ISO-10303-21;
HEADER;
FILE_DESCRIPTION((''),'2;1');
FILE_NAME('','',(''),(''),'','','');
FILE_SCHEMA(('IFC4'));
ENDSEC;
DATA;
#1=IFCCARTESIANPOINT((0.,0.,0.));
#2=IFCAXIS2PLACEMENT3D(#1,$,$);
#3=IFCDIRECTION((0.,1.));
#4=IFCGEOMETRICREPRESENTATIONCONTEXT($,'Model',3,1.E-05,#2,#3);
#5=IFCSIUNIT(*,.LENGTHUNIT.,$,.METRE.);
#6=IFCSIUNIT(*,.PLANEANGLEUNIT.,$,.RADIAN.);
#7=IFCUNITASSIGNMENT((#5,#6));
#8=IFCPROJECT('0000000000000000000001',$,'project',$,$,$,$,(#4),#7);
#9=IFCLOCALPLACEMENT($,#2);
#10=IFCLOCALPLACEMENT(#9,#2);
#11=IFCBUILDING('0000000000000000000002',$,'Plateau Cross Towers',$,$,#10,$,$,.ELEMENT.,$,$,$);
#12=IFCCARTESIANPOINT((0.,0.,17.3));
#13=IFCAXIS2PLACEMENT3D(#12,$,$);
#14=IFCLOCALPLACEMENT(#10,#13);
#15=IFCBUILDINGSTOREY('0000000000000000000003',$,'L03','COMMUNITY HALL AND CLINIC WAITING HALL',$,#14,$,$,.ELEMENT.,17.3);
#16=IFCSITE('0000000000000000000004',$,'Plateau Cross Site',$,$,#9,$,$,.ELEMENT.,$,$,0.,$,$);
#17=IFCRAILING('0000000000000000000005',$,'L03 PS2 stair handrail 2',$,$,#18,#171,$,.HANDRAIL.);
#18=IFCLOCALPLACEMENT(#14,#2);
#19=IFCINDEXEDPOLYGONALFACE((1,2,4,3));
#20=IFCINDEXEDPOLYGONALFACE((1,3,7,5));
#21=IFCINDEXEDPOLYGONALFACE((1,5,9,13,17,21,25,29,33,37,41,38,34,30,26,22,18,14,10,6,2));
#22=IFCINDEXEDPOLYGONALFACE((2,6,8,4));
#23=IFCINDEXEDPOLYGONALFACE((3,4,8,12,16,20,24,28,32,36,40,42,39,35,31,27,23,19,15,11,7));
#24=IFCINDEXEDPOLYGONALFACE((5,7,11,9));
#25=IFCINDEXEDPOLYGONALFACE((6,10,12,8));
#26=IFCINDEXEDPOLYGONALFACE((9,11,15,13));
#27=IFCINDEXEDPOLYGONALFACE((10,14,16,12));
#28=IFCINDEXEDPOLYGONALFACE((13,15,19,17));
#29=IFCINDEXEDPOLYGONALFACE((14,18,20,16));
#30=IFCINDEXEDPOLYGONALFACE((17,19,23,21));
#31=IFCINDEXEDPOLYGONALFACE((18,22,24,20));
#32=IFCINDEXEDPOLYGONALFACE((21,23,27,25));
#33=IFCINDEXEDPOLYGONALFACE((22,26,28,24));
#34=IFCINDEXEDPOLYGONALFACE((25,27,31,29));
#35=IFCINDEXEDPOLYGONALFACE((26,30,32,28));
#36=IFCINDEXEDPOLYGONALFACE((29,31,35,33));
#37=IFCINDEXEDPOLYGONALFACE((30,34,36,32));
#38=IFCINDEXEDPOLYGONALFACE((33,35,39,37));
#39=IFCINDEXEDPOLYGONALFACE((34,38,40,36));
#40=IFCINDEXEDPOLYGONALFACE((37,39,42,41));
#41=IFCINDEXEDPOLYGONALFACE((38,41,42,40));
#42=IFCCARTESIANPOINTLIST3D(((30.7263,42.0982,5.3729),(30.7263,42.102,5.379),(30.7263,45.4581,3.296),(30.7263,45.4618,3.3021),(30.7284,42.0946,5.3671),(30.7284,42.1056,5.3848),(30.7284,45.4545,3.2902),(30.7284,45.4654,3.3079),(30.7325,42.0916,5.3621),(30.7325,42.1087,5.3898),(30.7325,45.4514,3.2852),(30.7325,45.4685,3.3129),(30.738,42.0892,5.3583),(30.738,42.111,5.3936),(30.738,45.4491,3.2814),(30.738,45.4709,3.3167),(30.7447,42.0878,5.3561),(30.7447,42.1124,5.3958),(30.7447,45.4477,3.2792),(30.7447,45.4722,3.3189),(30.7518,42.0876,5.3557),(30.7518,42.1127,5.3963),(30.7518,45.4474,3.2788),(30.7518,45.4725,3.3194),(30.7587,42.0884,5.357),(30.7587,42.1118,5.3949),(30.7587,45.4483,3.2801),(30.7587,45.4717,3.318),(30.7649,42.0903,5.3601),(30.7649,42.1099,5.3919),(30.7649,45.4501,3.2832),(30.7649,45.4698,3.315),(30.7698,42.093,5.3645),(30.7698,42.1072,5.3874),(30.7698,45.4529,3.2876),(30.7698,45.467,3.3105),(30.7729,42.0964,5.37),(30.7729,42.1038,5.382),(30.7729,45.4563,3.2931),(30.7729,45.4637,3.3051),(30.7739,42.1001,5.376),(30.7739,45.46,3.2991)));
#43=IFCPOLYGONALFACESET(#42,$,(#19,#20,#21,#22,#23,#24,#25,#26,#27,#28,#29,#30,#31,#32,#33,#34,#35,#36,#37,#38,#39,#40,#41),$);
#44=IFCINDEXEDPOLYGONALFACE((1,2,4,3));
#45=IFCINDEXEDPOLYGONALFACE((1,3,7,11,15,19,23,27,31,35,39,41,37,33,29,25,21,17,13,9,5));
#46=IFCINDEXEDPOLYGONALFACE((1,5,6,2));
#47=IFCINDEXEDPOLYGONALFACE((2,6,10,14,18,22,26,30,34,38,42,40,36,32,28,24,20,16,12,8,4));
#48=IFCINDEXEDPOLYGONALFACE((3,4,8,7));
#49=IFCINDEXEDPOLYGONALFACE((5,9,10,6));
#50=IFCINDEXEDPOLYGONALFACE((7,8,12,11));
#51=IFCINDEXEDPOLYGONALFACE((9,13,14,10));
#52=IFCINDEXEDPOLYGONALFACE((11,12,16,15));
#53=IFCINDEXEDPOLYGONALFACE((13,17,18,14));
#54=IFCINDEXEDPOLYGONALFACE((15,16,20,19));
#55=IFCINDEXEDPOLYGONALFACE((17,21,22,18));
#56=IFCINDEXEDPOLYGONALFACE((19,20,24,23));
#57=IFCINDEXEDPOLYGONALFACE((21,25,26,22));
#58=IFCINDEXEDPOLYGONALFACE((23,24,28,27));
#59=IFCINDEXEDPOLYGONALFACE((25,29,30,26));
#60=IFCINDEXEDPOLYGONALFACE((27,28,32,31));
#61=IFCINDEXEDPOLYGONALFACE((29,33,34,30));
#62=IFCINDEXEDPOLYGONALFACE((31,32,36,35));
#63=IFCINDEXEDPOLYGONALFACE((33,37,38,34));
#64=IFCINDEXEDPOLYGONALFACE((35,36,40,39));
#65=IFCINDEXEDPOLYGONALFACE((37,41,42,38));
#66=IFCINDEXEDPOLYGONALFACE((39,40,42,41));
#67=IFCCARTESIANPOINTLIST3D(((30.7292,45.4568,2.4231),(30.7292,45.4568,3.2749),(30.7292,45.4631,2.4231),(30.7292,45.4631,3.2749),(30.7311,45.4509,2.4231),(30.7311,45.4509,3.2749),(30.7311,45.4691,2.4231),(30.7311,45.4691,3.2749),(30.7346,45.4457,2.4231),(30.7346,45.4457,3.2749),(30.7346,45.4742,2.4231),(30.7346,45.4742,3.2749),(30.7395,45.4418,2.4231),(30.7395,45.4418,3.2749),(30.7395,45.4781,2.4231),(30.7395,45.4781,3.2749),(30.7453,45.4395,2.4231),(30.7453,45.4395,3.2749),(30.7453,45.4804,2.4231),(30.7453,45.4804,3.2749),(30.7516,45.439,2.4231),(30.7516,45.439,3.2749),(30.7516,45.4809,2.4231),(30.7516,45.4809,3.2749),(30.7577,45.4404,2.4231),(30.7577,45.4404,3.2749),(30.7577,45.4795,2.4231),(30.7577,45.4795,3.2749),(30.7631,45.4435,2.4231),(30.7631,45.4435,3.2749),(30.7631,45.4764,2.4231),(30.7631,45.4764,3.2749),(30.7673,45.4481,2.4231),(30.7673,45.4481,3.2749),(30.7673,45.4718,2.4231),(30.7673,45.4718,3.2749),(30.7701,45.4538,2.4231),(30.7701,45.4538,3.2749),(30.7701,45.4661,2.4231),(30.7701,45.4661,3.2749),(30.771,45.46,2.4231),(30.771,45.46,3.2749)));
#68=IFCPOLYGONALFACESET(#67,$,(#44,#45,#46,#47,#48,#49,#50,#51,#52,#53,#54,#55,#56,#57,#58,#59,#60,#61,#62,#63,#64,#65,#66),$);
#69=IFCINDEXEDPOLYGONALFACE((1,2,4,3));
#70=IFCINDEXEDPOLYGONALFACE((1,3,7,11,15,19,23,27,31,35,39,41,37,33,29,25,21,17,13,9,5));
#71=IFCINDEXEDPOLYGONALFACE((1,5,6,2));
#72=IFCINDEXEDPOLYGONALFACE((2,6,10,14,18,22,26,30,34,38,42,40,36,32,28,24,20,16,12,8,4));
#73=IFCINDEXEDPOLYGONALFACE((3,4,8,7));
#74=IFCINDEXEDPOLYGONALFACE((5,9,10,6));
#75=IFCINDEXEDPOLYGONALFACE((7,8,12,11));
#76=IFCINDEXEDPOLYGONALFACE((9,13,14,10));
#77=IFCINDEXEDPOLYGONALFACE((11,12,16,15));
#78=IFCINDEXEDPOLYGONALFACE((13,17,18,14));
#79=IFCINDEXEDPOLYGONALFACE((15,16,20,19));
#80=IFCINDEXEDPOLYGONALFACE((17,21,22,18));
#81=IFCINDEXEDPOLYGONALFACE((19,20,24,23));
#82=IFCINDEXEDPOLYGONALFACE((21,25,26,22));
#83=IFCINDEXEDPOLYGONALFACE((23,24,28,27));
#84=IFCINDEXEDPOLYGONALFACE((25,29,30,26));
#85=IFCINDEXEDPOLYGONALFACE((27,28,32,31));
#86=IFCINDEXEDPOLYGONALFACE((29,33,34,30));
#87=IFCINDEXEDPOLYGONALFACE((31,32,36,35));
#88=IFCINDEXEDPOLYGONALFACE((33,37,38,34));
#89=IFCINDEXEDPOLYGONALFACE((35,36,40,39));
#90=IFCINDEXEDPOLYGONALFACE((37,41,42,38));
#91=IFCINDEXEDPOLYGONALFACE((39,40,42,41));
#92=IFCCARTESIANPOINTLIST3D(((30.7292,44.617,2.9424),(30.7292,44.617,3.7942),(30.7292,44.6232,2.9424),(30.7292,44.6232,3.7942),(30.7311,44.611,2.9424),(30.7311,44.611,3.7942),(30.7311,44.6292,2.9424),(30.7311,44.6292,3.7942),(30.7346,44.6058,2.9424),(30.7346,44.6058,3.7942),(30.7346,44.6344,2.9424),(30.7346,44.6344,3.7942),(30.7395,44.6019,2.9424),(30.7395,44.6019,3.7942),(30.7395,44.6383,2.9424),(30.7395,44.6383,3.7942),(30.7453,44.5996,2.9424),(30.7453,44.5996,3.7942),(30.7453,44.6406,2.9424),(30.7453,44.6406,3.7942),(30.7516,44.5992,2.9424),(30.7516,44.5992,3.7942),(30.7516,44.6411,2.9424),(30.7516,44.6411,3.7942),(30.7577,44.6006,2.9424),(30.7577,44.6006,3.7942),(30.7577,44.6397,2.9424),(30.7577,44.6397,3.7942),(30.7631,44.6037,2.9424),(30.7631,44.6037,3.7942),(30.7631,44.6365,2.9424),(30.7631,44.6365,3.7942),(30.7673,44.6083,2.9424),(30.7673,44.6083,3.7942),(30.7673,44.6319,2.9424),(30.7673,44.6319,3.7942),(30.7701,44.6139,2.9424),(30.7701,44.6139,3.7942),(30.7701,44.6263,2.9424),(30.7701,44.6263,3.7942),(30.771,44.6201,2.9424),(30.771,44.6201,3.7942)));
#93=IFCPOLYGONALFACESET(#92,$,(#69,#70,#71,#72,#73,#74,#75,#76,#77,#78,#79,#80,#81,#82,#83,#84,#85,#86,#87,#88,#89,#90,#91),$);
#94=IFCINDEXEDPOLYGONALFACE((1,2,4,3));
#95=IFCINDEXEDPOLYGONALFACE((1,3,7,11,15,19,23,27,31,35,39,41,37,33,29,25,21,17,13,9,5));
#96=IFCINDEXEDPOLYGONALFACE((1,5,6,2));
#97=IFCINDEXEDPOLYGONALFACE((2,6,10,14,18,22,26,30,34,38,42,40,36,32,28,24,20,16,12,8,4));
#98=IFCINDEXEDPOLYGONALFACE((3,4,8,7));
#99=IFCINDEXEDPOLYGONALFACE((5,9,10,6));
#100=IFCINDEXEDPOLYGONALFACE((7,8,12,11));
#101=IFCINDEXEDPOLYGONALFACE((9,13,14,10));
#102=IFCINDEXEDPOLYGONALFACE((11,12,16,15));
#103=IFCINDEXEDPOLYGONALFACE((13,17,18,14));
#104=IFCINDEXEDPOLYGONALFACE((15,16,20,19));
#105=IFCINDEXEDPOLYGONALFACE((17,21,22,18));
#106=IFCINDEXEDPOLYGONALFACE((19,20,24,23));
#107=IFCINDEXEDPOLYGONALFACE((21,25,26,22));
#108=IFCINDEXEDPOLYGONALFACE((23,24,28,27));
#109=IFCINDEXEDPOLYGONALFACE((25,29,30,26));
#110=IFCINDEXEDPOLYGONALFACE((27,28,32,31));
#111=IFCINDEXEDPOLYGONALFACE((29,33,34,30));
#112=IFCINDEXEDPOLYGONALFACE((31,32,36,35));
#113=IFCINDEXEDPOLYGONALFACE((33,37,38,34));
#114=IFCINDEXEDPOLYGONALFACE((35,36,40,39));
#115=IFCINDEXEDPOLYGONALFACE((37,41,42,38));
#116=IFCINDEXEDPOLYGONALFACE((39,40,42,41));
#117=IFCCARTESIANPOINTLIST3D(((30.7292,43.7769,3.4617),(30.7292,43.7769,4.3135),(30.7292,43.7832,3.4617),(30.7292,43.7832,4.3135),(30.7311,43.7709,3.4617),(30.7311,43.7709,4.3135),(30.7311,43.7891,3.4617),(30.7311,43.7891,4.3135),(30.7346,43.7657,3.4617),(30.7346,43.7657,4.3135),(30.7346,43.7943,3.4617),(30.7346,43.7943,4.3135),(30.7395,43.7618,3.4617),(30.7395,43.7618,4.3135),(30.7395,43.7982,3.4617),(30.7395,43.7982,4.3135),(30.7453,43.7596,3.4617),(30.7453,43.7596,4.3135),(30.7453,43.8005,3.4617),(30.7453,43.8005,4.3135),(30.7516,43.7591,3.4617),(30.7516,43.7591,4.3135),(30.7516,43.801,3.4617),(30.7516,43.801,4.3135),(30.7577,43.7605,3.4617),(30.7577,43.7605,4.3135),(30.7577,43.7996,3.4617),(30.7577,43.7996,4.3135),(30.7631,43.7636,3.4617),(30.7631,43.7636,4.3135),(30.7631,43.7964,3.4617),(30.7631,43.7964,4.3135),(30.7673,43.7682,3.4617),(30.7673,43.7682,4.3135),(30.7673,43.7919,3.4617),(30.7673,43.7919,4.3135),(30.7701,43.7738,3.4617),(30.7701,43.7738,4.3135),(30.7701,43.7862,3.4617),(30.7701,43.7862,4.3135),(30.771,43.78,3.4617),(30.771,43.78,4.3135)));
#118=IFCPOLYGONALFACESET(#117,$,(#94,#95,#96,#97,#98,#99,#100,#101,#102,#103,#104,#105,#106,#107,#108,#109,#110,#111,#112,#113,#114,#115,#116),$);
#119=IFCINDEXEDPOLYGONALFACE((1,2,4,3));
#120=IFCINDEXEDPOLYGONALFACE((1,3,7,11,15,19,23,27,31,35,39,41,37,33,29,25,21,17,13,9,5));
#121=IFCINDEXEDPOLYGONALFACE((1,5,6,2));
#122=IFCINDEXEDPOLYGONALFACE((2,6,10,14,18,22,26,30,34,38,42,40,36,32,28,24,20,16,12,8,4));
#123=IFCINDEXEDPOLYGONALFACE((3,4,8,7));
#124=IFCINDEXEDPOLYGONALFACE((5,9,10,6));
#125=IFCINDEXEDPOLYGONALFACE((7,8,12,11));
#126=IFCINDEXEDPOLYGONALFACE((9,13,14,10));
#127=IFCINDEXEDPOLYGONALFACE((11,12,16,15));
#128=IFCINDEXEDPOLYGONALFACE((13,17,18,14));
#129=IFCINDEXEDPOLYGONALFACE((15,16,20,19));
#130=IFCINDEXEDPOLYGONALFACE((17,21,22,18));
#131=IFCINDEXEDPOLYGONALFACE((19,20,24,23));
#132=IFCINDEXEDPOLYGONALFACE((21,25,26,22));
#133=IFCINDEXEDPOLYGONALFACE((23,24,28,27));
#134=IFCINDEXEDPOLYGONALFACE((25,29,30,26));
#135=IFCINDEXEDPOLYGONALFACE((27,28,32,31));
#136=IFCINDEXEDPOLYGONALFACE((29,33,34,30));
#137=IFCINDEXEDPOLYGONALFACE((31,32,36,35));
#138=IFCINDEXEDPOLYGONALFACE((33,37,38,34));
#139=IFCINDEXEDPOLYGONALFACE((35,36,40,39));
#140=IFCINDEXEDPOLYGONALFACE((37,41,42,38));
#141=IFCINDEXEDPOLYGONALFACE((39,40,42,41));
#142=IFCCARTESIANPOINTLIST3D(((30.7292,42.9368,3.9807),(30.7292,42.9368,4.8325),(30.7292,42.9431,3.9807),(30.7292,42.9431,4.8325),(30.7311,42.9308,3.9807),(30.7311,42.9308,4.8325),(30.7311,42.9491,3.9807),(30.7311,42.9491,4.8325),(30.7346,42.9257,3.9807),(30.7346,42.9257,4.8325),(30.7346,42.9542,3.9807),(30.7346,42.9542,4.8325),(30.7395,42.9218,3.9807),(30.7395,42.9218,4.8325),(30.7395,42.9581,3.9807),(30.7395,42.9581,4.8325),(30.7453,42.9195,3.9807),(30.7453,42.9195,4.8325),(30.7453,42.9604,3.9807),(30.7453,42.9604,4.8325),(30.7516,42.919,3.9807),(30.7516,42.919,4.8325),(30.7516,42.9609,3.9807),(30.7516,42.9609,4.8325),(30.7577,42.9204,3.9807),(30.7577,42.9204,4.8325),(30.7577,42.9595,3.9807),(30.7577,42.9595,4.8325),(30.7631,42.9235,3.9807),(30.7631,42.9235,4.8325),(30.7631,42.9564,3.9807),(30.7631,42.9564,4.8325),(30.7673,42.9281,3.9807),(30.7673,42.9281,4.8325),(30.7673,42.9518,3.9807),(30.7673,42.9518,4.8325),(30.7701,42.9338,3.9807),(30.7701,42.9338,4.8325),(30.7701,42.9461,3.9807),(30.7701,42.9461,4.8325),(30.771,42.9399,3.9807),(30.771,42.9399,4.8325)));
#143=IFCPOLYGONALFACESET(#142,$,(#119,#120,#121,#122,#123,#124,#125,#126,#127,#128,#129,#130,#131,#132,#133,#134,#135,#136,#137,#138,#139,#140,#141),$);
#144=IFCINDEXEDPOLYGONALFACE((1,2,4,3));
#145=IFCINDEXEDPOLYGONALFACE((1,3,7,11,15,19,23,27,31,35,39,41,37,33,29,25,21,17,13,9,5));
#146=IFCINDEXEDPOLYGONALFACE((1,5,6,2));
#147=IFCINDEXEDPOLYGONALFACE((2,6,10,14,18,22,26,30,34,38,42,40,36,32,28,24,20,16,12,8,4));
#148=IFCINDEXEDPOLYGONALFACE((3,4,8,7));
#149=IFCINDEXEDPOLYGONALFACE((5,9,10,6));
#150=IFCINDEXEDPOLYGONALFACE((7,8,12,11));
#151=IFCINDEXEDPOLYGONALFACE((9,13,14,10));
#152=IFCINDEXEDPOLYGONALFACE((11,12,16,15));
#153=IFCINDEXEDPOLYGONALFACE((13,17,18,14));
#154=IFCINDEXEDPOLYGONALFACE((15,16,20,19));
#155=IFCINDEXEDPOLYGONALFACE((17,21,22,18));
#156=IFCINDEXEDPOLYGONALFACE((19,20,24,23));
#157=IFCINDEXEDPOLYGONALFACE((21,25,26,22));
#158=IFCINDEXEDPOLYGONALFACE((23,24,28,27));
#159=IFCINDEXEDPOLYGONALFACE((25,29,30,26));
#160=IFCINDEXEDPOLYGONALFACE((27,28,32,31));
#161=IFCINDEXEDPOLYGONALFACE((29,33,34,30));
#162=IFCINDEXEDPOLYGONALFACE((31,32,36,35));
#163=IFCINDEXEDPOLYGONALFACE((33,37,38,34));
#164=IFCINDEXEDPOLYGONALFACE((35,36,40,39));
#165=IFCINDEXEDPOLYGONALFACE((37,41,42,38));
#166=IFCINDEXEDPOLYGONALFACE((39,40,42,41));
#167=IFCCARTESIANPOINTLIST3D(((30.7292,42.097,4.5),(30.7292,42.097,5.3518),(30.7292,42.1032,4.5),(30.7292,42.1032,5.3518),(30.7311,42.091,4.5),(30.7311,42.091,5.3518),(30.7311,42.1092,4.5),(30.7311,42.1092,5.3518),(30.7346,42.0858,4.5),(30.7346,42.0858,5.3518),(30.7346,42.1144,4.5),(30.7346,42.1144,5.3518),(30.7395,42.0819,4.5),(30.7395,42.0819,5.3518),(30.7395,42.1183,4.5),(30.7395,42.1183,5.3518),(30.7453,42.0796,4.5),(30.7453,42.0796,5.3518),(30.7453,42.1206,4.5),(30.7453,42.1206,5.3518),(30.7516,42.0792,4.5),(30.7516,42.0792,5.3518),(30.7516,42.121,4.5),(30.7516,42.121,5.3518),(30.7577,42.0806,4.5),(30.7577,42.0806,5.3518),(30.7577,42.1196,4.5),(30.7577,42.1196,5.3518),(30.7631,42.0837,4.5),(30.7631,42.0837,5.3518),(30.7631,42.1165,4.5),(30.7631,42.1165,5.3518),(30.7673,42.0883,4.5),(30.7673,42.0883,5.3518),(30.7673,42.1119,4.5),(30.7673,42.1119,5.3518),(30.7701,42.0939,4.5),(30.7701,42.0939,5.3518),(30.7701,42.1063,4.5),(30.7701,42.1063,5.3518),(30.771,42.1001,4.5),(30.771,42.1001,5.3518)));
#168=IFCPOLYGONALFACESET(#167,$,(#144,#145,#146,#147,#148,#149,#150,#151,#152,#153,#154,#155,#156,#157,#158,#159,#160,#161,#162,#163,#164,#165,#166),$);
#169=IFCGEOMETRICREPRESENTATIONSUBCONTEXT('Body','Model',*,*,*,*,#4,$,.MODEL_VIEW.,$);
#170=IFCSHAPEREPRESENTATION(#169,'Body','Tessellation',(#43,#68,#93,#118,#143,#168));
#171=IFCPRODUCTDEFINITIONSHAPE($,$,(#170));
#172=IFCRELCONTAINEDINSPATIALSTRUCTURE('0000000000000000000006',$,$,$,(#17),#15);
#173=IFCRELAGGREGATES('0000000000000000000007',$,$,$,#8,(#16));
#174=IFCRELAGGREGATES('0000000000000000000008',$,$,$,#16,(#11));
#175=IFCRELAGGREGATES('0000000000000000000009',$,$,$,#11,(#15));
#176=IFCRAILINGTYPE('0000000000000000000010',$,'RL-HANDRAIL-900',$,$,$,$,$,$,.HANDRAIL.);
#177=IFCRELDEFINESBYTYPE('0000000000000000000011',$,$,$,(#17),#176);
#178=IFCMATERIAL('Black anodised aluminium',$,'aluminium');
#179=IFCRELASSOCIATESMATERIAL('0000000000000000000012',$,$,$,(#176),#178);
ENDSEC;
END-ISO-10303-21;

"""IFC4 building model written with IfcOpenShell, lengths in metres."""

from ifc_helpers import new_model, si_unit, direction, frame, origin, origin_2d, place, context, subcontext, project, spatial, circle, extrude, material, type_object, element, save


model = new_model("IFC4")

# Units and contexts
model_context = context("Model", 3, precision=1e-05, world=origin(), true_north=direction((0.0, 1.0)))
body_context = subcontext(model_context, "Body", "Model", "MODEL_VIEW")
ifc_project = project(units=[si_unit("LENGTHUNIT", "METRE"), si_unit("PLANEANGLEUNIT", "RADIAN")], contexts=[model_context])

# Site, building, storey
site_placement = place(None, origin())
site = spatial("IfcSite", under=ifc_project, at=site_placement, Name="Plateau Cross Site", CompositionType="ELEMENT", RefElevation=0.0)
building_placement = place(site_placement, origin())
building = spatial("IfcBuilding", under=site, at=building_placement, Name="Plateau Cross Towers", CompositionType="ELEMENT")
storey_placement = place(building_placement, frame((0.0, 0.0, 17.3)))
storey = spatial("IfcBuildingStorey", under=building, at=storey_placement, Name="L03", Description="COMMUNITY HALL AND CLINIC WAITING HALL", CompositionType="ELEMENT", Elevation=17.3)

# Shared definitions
ifc_material_1 = material(Name="Black anodised aluminium", Category="aluminium")

# Railing
railing_type_1 = type_object("IfcRailingType", Name="RL-HANDRAIL-900", PredefinedType="HANDRAIL", material=ifc_material_1)
railing_1_placement = place(storey_placement, frame((30.75, 45.46, 2.4231)))
element("IfcRailing", 1, at=railing_1_placement, inside=storey, type_object=railing_type_1, Name="L03 PS2 stair handrail 2", PredefinedType="HANDRAIL", context=body_context, shape_type="SweptSolid", body=[
    extrude(circle(Radius=0.0239, at=origin_2d()), frame((0.0, 0.0, 0.876), z_axis=(0.0, -0.850606, 0.525803), x_axis=(1.0, 0.0, 0.0)), (0.0, 0.0, 1.0), 3.95),
    extrude(circle(Radius=0.021, at=origin_2d()), origin(), (0.0, 0.0, 1.0), 0.8518),
    extrude(circle(Radius=0.021, at=origin_2d()), frame((0.0, -0.8398, 0.5193)), (0.0, 0.0, 1.0), 0.8518),
    extrude(circle(Radius=0.021, at=origin_2d()), frame((0.0, -1.6799, 1.0386)), (0.0, 0.0, 1.0), 0.8518),
    extrude(circle(Radius=0.021, at=origin_2d()), frame((0.0, -2.52, 1.5576)), (0.0, 0.0, 1.0), 0.8518),
    extrude(circle(Radius=0.021, at=origin_2d()), frame((0.0, -3.3599, 2.0769)), (0.0, 0.0, 1.0), 0.8518),
])

save(model, "model.ifc")
